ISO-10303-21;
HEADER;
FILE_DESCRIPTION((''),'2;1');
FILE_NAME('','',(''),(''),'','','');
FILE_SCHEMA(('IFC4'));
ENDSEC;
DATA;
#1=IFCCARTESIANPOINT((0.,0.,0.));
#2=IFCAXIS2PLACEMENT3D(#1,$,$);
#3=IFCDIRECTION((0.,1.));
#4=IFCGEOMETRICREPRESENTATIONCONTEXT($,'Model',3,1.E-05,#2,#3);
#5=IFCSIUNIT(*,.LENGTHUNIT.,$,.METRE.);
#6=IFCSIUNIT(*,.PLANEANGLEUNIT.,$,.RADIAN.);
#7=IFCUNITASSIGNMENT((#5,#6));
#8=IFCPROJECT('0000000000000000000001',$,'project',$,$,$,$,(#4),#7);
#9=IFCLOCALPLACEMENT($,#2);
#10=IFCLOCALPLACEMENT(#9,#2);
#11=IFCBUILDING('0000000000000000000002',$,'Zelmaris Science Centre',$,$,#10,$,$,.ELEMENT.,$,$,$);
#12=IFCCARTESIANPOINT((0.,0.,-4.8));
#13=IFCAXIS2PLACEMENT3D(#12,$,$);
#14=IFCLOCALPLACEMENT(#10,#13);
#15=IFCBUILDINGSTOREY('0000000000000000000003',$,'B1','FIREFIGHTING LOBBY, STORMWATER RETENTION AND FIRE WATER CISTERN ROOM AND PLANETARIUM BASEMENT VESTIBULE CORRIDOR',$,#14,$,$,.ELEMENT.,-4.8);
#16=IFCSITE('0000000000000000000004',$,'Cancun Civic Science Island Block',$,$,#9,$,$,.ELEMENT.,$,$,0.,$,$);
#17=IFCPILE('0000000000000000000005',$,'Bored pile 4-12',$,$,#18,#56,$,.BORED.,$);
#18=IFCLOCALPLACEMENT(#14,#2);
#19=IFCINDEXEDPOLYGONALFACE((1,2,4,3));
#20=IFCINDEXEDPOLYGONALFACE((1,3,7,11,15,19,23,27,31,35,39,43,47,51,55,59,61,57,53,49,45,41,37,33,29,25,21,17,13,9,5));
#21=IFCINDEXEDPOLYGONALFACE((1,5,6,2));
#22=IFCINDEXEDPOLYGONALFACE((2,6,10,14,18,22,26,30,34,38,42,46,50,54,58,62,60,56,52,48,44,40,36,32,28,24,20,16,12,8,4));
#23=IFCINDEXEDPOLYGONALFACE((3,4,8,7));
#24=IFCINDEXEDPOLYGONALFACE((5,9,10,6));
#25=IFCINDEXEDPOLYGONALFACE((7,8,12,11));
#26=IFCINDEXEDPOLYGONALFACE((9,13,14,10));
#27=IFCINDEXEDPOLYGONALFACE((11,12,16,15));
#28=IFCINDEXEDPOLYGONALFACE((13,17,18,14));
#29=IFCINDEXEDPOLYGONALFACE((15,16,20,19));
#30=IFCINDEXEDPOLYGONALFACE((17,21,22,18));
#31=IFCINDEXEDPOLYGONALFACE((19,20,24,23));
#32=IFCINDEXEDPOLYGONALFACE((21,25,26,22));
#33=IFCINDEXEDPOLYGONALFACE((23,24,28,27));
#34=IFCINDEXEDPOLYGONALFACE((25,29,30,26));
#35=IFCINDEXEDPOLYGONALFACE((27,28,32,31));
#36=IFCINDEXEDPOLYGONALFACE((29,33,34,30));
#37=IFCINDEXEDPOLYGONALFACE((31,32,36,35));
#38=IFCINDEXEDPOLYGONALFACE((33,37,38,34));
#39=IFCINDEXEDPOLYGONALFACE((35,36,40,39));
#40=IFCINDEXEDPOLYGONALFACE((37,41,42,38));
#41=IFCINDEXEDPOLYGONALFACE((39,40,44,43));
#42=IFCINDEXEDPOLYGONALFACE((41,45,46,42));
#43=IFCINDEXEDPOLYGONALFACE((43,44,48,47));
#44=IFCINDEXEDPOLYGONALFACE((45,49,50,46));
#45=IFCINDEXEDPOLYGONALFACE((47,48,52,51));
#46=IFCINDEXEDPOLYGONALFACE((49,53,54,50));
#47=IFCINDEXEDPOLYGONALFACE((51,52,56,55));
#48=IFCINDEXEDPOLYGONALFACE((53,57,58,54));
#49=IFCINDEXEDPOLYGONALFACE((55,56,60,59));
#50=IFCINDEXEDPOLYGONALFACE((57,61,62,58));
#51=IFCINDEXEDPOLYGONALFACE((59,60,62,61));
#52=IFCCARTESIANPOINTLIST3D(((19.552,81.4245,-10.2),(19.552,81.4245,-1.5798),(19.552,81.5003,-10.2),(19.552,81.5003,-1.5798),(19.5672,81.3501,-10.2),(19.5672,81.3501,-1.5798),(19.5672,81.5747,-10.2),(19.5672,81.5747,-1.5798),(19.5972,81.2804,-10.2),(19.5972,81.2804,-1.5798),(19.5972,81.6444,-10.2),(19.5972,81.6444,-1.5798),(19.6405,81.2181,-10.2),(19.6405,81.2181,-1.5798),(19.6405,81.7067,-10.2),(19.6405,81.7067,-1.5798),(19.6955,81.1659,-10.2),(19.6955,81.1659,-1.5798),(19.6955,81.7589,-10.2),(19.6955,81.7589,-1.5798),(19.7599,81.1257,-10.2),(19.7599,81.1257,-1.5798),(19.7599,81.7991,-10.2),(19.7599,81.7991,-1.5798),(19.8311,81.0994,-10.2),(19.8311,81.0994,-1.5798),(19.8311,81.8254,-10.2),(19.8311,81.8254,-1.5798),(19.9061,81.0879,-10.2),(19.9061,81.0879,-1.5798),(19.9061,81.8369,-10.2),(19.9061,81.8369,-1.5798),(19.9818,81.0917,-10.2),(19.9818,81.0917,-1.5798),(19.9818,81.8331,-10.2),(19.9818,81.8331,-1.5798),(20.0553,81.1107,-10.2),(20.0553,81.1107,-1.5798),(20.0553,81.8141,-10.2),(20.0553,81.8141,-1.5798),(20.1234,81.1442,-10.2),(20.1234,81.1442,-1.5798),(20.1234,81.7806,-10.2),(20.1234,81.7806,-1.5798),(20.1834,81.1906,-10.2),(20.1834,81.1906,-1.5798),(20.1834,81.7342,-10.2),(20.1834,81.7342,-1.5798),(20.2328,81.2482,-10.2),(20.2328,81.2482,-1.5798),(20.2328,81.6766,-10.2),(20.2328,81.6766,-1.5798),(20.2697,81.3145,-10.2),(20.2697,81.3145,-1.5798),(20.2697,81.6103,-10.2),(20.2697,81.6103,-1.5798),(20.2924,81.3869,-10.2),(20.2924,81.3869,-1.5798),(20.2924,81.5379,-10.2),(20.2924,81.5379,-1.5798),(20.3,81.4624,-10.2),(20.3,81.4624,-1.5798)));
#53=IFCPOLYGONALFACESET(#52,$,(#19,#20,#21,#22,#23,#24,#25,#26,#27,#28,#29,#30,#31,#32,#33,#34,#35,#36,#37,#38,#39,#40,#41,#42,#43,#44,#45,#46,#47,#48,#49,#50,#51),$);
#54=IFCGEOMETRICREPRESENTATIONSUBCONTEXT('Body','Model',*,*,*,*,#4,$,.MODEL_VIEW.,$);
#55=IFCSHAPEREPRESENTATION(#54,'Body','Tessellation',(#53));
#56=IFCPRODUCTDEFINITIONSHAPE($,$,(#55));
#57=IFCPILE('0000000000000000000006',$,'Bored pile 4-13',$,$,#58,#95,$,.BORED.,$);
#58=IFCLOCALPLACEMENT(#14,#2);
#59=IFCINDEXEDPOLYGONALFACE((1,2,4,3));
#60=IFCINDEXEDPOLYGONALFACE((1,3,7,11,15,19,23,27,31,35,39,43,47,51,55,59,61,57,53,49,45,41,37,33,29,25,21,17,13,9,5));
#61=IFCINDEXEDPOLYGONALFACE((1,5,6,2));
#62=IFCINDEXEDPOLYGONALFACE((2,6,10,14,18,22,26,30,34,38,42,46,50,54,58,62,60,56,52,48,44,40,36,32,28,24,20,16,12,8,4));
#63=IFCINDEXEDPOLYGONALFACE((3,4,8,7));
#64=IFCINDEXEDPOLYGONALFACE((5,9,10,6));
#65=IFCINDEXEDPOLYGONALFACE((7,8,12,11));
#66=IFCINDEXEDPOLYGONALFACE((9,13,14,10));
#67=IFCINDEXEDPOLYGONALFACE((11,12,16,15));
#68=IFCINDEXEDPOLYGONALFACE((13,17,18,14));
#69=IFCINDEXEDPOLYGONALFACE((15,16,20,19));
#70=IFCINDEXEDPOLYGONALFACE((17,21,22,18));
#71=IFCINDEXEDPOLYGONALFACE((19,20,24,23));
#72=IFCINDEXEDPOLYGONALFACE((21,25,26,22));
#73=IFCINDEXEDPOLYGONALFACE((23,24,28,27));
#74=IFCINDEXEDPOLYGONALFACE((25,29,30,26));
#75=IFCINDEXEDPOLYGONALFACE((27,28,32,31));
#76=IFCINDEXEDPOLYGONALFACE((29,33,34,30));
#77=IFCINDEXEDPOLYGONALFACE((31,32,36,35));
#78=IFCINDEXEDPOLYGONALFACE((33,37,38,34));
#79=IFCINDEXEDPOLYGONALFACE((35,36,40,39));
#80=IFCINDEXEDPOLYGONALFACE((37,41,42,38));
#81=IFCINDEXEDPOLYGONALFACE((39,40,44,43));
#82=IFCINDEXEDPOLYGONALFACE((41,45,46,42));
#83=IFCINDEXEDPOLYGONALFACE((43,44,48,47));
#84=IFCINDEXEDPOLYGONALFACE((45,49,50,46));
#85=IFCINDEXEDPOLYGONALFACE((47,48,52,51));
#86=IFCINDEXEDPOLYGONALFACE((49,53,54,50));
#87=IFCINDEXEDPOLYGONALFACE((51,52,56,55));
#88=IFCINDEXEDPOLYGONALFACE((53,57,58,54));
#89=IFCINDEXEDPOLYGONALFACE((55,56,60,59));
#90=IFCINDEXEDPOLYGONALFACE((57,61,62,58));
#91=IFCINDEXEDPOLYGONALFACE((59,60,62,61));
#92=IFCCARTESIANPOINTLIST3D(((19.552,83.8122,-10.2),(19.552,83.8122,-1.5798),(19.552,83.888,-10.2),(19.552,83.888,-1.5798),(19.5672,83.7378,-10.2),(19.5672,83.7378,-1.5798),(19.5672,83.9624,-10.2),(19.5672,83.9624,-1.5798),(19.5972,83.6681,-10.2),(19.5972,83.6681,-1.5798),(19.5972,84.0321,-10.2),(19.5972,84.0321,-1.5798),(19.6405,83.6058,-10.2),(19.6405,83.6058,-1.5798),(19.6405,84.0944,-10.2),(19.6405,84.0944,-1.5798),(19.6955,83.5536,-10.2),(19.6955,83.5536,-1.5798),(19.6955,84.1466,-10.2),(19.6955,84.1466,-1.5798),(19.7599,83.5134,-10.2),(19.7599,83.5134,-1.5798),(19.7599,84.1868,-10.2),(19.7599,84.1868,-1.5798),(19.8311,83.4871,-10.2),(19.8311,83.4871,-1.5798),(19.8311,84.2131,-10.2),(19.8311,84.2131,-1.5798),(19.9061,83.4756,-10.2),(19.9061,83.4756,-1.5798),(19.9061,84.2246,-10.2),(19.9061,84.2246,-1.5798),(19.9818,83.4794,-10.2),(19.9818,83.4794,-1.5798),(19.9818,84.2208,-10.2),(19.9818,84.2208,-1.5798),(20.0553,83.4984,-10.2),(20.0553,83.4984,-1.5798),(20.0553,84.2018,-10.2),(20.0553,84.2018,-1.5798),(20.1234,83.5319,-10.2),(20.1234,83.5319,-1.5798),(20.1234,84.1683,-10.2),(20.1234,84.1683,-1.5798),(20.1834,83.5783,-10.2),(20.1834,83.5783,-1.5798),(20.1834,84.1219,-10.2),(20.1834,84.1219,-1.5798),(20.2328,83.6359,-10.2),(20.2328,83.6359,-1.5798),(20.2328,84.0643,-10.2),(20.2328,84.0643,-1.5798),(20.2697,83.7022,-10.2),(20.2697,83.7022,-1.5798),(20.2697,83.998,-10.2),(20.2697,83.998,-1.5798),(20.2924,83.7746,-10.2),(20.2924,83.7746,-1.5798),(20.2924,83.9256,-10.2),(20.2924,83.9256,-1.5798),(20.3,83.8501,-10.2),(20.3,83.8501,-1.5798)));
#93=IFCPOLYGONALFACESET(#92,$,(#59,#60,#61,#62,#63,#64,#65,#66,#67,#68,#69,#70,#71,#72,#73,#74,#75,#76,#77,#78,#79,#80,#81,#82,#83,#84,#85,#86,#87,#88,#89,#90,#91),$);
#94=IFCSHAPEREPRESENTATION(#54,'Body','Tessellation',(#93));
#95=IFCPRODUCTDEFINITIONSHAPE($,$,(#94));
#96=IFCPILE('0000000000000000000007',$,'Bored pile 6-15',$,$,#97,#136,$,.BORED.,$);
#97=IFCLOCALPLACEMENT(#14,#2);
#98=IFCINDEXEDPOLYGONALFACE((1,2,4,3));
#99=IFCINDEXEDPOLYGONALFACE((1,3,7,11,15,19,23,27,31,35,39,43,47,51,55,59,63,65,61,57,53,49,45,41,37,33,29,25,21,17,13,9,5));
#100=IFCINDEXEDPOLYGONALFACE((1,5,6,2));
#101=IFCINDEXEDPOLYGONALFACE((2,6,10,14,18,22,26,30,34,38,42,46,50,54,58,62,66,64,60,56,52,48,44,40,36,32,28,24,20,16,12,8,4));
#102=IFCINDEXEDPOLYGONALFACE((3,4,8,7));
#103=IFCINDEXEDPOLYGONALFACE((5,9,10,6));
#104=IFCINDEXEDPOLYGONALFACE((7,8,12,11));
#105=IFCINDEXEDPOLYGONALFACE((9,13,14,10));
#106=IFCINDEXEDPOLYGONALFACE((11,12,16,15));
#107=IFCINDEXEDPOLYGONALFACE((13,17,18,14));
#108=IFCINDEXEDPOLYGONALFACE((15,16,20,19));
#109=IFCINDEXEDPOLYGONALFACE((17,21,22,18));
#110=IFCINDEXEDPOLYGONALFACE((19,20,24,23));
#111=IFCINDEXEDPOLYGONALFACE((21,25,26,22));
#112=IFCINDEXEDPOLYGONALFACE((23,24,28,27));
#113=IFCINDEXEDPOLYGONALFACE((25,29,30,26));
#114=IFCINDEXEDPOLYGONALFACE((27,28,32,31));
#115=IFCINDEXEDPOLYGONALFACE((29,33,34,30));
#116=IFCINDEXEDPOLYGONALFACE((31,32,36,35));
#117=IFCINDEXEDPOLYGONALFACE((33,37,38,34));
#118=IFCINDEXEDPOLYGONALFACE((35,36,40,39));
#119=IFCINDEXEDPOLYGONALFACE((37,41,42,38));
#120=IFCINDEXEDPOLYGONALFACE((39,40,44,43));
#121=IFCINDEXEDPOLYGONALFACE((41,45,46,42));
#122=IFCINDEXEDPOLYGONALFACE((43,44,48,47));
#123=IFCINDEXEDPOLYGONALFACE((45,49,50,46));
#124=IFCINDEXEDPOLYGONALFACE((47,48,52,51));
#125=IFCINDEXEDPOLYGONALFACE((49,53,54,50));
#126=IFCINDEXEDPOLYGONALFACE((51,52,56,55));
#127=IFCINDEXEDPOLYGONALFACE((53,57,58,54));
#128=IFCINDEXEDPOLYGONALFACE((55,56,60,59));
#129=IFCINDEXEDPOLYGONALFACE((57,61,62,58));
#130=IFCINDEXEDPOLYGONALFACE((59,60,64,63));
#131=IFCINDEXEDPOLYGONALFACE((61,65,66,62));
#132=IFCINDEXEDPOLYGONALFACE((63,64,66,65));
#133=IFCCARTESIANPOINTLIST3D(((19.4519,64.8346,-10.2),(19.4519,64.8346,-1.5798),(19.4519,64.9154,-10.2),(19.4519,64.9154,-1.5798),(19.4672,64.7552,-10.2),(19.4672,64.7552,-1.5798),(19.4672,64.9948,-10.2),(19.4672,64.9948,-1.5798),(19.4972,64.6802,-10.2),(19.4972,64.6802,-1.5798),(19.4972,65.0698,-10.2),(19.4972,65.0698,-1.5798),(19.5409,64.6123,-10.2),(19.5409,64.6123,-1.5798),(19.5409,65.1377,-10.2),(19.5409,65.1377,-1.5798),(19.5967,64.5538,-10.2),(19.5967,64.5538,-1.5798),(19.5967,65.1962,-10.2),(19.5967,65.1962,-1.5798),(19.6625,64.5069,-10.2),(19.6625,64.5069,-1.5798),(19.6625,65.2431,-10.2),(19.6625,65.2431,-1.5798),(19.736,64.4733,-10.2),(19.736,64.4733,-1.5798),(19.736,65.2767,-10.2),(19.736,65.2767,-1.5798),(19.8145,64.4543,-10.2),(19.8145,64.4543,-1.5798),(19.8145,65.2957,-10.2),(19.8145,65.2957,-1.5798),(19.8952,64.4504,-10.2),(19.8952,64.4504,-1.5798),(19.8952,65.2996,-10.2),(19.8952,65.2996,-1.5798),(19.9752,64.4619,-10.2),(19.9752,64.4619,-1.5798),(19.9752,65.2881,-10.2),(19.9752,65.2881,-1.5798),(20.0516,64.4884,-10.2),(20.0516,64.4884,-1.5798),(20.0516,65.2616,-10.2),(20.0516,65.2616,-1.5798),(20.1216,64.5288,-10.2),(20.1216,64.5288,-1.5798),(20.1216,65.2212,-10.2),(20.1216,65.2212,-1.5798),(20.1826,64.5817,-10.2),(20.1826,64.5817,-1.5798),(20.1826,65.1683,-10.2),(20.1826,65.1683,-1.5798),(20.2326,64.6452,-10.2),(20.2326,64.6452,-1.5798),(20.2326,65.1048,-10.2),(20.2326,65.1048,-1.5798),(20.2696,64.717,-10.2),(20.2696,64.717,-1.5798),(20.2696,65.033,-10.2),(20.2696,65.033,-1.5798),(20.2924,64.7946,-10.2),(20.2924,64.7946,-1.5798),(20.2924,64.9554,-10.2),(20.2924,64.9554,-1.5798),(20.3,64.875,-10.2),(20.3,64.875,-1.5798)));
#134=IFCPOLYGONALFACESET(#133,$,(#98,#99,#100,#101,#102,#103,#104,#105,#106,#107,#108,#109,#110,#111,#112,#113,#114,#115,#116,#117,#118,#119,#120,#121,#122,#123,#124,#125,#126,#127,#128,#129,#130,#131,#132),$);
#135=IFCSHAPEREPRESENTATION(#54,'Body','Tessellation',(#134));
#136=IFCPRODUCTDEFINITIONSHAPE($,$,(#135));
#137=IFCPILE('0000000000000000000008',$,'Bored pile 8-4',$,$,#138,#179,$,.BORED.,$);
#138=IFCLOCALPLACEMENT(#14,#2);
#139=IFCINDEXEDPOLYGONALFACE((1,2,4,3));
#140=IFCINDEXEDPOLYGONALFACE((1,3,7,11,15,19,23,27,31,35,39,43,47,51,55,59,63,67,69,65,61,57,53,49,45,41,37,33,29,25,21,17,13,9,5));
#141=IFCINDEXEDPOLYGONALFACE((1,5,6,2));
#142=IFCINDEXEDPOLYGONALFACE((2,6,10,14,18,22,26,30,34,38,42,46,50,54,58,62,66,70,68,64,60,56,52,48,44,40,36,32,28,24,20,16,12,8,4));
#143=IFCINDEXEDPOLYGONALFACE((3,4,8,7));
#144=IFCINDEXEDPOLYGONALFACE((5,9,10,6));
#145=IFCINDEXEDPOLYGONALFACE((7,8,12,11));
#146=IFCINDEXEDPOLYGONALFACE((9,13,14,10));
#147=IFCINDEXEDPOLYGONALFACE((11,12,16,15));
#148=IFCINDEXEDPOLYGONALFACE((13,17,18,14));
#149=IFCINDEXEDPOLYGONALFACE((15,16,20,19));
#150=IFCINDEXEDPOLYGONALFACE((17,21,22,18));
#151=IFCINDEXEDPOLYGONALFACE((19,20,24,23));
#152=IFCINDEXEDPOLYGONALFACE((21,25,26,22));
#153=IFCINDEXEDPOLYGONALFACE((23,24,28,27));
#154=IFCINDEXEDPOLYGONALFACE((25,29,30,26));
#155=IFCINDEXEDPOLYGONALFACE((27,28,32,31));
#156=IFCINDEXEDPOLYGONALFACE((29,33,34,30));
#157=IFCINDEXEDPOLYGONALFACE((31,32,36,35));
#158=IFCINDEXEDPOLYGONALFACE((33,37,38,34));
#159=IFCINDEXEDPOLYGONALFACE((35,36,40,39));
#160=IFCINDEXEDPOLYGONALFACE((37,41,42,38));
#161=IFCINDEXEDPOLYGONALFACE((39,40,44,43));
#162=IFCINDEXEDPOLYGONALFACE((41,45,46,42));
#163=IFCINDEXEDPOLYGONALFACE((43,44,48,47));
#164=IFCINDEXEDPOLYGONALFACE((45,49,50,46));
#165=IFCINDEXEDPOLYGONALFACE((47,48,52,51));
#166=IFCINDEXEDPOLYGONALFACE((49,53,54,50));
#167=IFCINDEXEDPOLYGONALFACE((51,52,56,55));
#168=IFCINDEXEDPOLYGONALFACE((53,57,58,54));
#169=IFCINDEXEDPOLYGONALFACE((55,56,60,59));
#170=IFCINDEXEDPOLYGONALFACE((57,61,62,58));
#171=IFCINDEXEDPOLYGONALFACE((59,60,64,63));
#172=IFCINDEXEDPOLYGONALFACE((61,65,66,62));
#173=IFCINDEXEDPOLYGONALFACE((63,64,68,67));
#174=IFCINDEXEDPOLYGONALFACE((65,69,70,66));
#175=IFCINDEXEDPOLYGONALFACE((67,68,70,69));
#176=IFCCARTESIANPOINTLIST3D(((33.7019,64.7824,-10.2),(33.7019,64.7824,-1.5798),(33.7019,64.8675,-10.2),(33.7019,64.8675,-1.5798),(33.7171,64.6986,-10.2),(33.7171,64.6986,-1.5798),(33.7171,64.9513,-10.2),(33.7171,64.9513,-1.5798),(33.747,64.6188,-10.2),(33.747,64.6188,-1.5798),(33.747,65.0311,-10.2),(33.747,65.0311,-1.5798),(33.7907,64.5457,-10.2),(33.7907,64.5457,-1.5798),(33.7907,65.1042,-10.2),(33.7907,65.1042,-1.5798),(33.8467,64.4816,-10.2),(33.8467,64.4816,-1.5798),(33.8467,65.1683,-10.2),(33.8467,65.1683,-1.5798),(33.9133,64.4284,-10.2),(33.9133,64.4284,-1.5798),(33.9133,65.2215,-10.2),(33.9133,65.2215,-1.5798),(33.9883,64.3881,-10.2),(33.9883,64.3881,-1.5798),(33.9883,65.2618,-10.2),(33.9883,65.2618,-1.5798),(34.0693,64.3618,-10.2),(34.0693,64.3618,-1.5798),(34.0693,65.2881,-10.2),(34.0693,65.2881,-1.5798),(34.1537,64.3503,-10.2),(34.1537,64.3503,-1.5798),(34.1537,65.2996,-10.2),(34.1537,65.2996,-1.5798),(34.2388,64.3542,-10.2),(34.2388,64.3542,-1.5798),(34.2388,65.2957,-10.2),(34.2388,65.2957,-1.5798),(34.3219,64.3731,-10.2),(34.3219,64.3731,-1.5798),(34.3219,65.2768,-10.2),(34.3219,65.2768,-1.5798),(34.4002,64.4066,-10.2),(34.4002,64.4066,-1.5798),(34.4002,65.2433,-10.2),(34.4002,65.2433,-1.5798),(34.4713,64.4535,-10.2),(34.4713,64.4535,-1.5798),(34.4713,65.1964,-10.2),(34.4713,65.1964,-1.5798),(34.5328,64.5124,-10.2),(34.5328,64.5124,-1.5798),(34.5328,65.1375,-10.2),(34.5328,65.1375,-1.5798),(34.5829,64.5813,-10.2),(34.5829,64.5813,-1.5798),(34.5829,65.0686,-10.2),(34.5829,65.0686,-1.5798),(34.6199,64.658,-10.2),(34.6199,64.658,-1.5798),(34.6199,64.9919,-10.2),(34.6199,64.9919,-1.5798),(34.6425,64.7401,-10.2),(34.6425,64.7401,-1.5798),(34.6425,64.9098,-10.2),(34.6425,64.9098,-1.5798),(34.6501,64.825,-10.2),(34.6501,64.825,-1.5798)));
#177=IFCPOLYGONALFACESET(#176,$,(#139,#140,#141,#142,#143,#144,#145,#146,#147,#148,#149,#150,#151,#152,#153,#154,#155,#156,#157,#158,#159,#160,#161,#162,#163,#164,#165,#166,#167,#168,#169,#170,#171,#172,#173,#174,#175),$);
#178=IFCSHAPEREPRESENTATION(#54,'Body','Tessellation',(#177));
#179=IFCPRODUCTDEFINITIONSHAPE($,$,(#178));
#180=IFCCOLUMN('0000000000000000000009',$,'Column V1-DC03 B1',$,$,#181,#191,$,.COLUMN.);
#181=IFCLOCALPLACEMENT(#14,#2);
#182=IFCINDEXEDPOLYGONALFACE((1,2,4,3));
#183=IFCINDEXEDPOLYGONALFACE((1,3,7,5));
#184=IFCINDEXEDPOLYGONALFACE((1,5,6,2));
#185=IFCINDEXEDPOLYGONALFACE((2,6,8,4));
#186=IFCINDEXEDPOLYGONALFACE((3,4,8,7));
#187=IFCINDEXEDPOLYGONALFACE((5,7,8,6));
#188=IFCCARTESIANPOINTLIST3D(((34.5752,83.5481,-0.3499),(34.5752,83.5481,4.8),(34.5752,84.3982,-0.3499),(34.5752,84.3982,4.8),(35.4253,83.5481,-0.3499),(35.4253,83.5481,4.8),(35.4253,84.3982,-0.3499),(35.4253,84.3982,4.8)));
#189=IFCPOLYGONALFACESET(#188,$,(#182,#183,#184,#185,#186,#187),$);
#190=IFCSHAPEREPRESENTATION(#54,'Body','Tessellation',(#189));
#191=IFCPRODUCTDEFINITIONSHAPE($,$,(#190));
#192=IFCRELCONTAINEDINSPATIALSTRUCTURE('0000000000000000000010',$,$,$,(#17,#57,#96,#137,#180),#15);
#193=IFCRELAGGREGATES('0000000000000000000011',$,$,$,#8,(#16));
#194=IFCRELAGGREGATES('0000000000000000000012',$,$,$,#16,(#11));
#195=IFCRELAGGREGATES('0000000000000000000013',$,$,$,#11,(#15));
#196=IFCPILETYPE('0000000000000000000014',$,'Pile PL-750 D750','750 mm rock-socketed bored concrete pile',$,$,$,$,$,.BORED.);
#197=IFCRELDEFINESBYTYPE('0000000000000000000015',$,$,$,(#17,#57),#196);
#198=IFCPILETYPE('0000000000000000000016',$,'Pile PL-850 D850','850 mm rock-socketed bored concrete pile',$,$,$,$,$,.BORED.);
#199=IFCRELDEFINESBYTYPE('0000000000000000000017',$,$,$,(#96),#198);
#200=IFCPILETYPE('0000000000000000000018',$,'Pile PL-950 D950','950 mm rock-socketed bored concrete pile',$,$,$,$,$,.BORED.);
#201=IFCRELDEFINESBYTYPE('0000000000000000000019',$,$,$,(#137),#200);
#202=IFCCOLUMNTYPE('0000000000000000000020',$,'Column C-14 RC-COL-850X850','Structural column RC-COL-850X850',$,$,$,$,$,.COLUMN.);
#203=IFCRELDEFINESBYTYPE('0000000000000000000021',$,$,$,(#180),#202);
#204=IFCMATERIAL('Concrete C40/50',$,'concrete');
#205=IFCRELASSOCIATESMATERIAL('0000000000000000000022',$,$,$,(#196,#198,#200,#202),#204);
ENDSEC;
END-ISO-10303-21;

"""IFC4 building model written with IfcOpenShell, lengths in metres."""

from ifc_helpers import new_model, si_unit, direction, frame, origin, origin_2d, place, context, subcontext, project, spatial, rectangle, circle, extrude, material, material_profile, profile_set, type_object, element, save


model = new_model("IFC4")

# Units and contexts
model_context = context("Model", 3, precision=1e-05, world=origin(), true_north=direction((0.0, 1.0)))
body_context = subcontext(model_context, "Body", "Model", "MODEL_VIEW")
ifc_project = project(units=[si_unit("LENGTHUNIT", "METRE"), si_unit("PLANEANGLEUNIT", "RADIAN")], contexts=[model_context])

# Site, building, storey
site_placement = place(None, origin())
site = spatial("IfcSite", under=ifc_project, at=site_placement, Name="Cancun Civic Science Island Block", CompositionType="ELEMENT", RefElevation=0.0)
building_placement = place(site_placement, origin())
building = spatial("IfcBuilding", under=site, at=building_placement, Name="Zelmaris Science Centre", CompositionType="ELEMENT")
storey_placement = place(building_placement, frame((0.0, 0.0, -4.8)))
storey = spatial("IfcBuildingStorey", under=building, at=storey_placement, Name="B1", Description="FIREFIGHTING LOBBY, STORMWATER RETENTION AND FIRE WATER CISTERN ROOM AND PLANETARIUM BASEMENT VESTIBULE CORRIDOR", CompositionType="ELEMENT", Elevation=-4.8)

# Shared definitions
ifc_material_1 = material(Name="Concrete C40/50", Category="concrete")

# Piles
ifc_material_profile_1 = material_profile(ifc_material_1, circle(Radius=0.375, at=origin_2d()), Name="PILE-750")
ifc_profile_set_1 = profile_set([ifc_material_profile_1], Name="Concrete C40/50")
pile_type_1 = type_object("IfcPileType", Name="Pile PL-750 D750", Description="750 mm rock-socketed bored concrete pile", PredefinedType="BORED", material=ifc_profile_set_1)
for number, where, z_axis, x_axis, name in (
    (1, (19.925, 81.4624, -1.5798), (0.0, 0.0, -1.0), (1.0, 0.0, 0.0), "Bored pile 4-12"),
    (2, (19.925, 83.8501, -1.5798), (0.0, 0.0, -1.0), (1.0, 0.0, 0.0), "Bored pile 4-13"),
):
    element("IfcPile", number, at=place(storey_placement, frame(where, z_axis=z_axis, x_axis=x_axis)), inside=storey, type_object=pile_type_1, Name=name, PredefinedType="BORED", context=body_context, shape_type="SweptSolid", body=[
        extrude(circle(Radius=0.375, at=origin_2d()), origin(), (0.0, 0.0, 1.0), 8.6201),
    ])
ifc_material_profile_2 = material_profile(ifc_material_1, circle(Radius=0.425, at=origin_2d()), Name="PILE-850")
ifc_profile_set_2 = profile_set([ifc_material_profile_2], Name="Concrete C40/50")
pile_type_2 = type_object("IfcPileType", Name="Pile PL-850 D850", Description="850 mm rock-socketed bored concrete pile", PredefinedType="BORED", material=ifc_profile_set_2)
pile_1_placement = place(storey_placement, frame((19.875, 64.875, -1.5798), z_axis=(0.0, 0.0, -1.0), x_axis=(1.0, 0.0, 0.0)))
element("IfcPile", 3, at=pile_1_placement, inside=storey, type_object=pile_type_2, Name="Bored pile 6-15", PredefinedType="BORED", context=body_context, shape_type="SweptSolid", body=[
    extrude(circle(Radius=0.425, at=origin_2d()), origin(), (0.0, 0.0, 1.0), 8.6201),
])
ifc_material_profile_3 = material_profile(ifc_material_1, circle(Radius=0.4751, at=origin_2d()), Name="PILE-950")
ifc_profile_set_3 = profile_set([ifc_material_profile_3], Name="Concrete C40/50")
pile_type_3 = type_object("IfcPileType", Name="Pile PL-950 D950", Description="950 mm rock-socketed bored concrete pile", PredefinedType="BORED", material=ifc_profile_set_3)
pile_2_placement = place(storey_placement, frame((34.175, 64.825, -1.5798), z_axis=(0.0, 0.0, -1.0), x_axis=(1.0, 0.0, 0.0)))
element("IfcPile", 4, at=pile_2_placement, inside=storey, type_object=pile_type_3, Name="Bored pile 8-4", PredefinedType="BORED", context=body_context, shape_type="SweptSolid", body=[
    extrude(circle(Radius=0.4751, at=origin_2d()), origin(), (0.0, 0.0, 1.0), 8.6201),
])

# Column
ifc_material_profile_4 = material_profile(ifc_material_1, rectangle(XDim=0.8501, YDim=0.8501, at=origin_2d()), Name="RC-COL-850X850")
ifc_profile_set_4 = profile_set([ifc_material_profile_4], Name="Concrete C40/50")
column_type = type_object("IfcColumnType", Name="Column C-14 RC-COL-850X850", Description="Structural column RC-COL-850X850", PredefinedType="COLUMN", material=ifc_profile_set_4)
column_placement = place(storey_placement, frame((35.0002, 83.9731, -0.3499), z_axis=(0.0, 0.0, 1.0), x_axis=(1.0, 0.0, 0.0)))
element("IfcColumn", 5, at=column_placement, inside=storey, type_object=column_type, Name="Column V1-DC03 B1", PredefinedType="COLUMN", context=body_context, shape_type="SweptSolid", body=[
    extrude(rectangle(XDim=0.8501, YDim=0.8501, at=origin_2d()), origin(), (0.0, 0.0, 1.0), 5.1499),
])

save(model, "model.ifc")
